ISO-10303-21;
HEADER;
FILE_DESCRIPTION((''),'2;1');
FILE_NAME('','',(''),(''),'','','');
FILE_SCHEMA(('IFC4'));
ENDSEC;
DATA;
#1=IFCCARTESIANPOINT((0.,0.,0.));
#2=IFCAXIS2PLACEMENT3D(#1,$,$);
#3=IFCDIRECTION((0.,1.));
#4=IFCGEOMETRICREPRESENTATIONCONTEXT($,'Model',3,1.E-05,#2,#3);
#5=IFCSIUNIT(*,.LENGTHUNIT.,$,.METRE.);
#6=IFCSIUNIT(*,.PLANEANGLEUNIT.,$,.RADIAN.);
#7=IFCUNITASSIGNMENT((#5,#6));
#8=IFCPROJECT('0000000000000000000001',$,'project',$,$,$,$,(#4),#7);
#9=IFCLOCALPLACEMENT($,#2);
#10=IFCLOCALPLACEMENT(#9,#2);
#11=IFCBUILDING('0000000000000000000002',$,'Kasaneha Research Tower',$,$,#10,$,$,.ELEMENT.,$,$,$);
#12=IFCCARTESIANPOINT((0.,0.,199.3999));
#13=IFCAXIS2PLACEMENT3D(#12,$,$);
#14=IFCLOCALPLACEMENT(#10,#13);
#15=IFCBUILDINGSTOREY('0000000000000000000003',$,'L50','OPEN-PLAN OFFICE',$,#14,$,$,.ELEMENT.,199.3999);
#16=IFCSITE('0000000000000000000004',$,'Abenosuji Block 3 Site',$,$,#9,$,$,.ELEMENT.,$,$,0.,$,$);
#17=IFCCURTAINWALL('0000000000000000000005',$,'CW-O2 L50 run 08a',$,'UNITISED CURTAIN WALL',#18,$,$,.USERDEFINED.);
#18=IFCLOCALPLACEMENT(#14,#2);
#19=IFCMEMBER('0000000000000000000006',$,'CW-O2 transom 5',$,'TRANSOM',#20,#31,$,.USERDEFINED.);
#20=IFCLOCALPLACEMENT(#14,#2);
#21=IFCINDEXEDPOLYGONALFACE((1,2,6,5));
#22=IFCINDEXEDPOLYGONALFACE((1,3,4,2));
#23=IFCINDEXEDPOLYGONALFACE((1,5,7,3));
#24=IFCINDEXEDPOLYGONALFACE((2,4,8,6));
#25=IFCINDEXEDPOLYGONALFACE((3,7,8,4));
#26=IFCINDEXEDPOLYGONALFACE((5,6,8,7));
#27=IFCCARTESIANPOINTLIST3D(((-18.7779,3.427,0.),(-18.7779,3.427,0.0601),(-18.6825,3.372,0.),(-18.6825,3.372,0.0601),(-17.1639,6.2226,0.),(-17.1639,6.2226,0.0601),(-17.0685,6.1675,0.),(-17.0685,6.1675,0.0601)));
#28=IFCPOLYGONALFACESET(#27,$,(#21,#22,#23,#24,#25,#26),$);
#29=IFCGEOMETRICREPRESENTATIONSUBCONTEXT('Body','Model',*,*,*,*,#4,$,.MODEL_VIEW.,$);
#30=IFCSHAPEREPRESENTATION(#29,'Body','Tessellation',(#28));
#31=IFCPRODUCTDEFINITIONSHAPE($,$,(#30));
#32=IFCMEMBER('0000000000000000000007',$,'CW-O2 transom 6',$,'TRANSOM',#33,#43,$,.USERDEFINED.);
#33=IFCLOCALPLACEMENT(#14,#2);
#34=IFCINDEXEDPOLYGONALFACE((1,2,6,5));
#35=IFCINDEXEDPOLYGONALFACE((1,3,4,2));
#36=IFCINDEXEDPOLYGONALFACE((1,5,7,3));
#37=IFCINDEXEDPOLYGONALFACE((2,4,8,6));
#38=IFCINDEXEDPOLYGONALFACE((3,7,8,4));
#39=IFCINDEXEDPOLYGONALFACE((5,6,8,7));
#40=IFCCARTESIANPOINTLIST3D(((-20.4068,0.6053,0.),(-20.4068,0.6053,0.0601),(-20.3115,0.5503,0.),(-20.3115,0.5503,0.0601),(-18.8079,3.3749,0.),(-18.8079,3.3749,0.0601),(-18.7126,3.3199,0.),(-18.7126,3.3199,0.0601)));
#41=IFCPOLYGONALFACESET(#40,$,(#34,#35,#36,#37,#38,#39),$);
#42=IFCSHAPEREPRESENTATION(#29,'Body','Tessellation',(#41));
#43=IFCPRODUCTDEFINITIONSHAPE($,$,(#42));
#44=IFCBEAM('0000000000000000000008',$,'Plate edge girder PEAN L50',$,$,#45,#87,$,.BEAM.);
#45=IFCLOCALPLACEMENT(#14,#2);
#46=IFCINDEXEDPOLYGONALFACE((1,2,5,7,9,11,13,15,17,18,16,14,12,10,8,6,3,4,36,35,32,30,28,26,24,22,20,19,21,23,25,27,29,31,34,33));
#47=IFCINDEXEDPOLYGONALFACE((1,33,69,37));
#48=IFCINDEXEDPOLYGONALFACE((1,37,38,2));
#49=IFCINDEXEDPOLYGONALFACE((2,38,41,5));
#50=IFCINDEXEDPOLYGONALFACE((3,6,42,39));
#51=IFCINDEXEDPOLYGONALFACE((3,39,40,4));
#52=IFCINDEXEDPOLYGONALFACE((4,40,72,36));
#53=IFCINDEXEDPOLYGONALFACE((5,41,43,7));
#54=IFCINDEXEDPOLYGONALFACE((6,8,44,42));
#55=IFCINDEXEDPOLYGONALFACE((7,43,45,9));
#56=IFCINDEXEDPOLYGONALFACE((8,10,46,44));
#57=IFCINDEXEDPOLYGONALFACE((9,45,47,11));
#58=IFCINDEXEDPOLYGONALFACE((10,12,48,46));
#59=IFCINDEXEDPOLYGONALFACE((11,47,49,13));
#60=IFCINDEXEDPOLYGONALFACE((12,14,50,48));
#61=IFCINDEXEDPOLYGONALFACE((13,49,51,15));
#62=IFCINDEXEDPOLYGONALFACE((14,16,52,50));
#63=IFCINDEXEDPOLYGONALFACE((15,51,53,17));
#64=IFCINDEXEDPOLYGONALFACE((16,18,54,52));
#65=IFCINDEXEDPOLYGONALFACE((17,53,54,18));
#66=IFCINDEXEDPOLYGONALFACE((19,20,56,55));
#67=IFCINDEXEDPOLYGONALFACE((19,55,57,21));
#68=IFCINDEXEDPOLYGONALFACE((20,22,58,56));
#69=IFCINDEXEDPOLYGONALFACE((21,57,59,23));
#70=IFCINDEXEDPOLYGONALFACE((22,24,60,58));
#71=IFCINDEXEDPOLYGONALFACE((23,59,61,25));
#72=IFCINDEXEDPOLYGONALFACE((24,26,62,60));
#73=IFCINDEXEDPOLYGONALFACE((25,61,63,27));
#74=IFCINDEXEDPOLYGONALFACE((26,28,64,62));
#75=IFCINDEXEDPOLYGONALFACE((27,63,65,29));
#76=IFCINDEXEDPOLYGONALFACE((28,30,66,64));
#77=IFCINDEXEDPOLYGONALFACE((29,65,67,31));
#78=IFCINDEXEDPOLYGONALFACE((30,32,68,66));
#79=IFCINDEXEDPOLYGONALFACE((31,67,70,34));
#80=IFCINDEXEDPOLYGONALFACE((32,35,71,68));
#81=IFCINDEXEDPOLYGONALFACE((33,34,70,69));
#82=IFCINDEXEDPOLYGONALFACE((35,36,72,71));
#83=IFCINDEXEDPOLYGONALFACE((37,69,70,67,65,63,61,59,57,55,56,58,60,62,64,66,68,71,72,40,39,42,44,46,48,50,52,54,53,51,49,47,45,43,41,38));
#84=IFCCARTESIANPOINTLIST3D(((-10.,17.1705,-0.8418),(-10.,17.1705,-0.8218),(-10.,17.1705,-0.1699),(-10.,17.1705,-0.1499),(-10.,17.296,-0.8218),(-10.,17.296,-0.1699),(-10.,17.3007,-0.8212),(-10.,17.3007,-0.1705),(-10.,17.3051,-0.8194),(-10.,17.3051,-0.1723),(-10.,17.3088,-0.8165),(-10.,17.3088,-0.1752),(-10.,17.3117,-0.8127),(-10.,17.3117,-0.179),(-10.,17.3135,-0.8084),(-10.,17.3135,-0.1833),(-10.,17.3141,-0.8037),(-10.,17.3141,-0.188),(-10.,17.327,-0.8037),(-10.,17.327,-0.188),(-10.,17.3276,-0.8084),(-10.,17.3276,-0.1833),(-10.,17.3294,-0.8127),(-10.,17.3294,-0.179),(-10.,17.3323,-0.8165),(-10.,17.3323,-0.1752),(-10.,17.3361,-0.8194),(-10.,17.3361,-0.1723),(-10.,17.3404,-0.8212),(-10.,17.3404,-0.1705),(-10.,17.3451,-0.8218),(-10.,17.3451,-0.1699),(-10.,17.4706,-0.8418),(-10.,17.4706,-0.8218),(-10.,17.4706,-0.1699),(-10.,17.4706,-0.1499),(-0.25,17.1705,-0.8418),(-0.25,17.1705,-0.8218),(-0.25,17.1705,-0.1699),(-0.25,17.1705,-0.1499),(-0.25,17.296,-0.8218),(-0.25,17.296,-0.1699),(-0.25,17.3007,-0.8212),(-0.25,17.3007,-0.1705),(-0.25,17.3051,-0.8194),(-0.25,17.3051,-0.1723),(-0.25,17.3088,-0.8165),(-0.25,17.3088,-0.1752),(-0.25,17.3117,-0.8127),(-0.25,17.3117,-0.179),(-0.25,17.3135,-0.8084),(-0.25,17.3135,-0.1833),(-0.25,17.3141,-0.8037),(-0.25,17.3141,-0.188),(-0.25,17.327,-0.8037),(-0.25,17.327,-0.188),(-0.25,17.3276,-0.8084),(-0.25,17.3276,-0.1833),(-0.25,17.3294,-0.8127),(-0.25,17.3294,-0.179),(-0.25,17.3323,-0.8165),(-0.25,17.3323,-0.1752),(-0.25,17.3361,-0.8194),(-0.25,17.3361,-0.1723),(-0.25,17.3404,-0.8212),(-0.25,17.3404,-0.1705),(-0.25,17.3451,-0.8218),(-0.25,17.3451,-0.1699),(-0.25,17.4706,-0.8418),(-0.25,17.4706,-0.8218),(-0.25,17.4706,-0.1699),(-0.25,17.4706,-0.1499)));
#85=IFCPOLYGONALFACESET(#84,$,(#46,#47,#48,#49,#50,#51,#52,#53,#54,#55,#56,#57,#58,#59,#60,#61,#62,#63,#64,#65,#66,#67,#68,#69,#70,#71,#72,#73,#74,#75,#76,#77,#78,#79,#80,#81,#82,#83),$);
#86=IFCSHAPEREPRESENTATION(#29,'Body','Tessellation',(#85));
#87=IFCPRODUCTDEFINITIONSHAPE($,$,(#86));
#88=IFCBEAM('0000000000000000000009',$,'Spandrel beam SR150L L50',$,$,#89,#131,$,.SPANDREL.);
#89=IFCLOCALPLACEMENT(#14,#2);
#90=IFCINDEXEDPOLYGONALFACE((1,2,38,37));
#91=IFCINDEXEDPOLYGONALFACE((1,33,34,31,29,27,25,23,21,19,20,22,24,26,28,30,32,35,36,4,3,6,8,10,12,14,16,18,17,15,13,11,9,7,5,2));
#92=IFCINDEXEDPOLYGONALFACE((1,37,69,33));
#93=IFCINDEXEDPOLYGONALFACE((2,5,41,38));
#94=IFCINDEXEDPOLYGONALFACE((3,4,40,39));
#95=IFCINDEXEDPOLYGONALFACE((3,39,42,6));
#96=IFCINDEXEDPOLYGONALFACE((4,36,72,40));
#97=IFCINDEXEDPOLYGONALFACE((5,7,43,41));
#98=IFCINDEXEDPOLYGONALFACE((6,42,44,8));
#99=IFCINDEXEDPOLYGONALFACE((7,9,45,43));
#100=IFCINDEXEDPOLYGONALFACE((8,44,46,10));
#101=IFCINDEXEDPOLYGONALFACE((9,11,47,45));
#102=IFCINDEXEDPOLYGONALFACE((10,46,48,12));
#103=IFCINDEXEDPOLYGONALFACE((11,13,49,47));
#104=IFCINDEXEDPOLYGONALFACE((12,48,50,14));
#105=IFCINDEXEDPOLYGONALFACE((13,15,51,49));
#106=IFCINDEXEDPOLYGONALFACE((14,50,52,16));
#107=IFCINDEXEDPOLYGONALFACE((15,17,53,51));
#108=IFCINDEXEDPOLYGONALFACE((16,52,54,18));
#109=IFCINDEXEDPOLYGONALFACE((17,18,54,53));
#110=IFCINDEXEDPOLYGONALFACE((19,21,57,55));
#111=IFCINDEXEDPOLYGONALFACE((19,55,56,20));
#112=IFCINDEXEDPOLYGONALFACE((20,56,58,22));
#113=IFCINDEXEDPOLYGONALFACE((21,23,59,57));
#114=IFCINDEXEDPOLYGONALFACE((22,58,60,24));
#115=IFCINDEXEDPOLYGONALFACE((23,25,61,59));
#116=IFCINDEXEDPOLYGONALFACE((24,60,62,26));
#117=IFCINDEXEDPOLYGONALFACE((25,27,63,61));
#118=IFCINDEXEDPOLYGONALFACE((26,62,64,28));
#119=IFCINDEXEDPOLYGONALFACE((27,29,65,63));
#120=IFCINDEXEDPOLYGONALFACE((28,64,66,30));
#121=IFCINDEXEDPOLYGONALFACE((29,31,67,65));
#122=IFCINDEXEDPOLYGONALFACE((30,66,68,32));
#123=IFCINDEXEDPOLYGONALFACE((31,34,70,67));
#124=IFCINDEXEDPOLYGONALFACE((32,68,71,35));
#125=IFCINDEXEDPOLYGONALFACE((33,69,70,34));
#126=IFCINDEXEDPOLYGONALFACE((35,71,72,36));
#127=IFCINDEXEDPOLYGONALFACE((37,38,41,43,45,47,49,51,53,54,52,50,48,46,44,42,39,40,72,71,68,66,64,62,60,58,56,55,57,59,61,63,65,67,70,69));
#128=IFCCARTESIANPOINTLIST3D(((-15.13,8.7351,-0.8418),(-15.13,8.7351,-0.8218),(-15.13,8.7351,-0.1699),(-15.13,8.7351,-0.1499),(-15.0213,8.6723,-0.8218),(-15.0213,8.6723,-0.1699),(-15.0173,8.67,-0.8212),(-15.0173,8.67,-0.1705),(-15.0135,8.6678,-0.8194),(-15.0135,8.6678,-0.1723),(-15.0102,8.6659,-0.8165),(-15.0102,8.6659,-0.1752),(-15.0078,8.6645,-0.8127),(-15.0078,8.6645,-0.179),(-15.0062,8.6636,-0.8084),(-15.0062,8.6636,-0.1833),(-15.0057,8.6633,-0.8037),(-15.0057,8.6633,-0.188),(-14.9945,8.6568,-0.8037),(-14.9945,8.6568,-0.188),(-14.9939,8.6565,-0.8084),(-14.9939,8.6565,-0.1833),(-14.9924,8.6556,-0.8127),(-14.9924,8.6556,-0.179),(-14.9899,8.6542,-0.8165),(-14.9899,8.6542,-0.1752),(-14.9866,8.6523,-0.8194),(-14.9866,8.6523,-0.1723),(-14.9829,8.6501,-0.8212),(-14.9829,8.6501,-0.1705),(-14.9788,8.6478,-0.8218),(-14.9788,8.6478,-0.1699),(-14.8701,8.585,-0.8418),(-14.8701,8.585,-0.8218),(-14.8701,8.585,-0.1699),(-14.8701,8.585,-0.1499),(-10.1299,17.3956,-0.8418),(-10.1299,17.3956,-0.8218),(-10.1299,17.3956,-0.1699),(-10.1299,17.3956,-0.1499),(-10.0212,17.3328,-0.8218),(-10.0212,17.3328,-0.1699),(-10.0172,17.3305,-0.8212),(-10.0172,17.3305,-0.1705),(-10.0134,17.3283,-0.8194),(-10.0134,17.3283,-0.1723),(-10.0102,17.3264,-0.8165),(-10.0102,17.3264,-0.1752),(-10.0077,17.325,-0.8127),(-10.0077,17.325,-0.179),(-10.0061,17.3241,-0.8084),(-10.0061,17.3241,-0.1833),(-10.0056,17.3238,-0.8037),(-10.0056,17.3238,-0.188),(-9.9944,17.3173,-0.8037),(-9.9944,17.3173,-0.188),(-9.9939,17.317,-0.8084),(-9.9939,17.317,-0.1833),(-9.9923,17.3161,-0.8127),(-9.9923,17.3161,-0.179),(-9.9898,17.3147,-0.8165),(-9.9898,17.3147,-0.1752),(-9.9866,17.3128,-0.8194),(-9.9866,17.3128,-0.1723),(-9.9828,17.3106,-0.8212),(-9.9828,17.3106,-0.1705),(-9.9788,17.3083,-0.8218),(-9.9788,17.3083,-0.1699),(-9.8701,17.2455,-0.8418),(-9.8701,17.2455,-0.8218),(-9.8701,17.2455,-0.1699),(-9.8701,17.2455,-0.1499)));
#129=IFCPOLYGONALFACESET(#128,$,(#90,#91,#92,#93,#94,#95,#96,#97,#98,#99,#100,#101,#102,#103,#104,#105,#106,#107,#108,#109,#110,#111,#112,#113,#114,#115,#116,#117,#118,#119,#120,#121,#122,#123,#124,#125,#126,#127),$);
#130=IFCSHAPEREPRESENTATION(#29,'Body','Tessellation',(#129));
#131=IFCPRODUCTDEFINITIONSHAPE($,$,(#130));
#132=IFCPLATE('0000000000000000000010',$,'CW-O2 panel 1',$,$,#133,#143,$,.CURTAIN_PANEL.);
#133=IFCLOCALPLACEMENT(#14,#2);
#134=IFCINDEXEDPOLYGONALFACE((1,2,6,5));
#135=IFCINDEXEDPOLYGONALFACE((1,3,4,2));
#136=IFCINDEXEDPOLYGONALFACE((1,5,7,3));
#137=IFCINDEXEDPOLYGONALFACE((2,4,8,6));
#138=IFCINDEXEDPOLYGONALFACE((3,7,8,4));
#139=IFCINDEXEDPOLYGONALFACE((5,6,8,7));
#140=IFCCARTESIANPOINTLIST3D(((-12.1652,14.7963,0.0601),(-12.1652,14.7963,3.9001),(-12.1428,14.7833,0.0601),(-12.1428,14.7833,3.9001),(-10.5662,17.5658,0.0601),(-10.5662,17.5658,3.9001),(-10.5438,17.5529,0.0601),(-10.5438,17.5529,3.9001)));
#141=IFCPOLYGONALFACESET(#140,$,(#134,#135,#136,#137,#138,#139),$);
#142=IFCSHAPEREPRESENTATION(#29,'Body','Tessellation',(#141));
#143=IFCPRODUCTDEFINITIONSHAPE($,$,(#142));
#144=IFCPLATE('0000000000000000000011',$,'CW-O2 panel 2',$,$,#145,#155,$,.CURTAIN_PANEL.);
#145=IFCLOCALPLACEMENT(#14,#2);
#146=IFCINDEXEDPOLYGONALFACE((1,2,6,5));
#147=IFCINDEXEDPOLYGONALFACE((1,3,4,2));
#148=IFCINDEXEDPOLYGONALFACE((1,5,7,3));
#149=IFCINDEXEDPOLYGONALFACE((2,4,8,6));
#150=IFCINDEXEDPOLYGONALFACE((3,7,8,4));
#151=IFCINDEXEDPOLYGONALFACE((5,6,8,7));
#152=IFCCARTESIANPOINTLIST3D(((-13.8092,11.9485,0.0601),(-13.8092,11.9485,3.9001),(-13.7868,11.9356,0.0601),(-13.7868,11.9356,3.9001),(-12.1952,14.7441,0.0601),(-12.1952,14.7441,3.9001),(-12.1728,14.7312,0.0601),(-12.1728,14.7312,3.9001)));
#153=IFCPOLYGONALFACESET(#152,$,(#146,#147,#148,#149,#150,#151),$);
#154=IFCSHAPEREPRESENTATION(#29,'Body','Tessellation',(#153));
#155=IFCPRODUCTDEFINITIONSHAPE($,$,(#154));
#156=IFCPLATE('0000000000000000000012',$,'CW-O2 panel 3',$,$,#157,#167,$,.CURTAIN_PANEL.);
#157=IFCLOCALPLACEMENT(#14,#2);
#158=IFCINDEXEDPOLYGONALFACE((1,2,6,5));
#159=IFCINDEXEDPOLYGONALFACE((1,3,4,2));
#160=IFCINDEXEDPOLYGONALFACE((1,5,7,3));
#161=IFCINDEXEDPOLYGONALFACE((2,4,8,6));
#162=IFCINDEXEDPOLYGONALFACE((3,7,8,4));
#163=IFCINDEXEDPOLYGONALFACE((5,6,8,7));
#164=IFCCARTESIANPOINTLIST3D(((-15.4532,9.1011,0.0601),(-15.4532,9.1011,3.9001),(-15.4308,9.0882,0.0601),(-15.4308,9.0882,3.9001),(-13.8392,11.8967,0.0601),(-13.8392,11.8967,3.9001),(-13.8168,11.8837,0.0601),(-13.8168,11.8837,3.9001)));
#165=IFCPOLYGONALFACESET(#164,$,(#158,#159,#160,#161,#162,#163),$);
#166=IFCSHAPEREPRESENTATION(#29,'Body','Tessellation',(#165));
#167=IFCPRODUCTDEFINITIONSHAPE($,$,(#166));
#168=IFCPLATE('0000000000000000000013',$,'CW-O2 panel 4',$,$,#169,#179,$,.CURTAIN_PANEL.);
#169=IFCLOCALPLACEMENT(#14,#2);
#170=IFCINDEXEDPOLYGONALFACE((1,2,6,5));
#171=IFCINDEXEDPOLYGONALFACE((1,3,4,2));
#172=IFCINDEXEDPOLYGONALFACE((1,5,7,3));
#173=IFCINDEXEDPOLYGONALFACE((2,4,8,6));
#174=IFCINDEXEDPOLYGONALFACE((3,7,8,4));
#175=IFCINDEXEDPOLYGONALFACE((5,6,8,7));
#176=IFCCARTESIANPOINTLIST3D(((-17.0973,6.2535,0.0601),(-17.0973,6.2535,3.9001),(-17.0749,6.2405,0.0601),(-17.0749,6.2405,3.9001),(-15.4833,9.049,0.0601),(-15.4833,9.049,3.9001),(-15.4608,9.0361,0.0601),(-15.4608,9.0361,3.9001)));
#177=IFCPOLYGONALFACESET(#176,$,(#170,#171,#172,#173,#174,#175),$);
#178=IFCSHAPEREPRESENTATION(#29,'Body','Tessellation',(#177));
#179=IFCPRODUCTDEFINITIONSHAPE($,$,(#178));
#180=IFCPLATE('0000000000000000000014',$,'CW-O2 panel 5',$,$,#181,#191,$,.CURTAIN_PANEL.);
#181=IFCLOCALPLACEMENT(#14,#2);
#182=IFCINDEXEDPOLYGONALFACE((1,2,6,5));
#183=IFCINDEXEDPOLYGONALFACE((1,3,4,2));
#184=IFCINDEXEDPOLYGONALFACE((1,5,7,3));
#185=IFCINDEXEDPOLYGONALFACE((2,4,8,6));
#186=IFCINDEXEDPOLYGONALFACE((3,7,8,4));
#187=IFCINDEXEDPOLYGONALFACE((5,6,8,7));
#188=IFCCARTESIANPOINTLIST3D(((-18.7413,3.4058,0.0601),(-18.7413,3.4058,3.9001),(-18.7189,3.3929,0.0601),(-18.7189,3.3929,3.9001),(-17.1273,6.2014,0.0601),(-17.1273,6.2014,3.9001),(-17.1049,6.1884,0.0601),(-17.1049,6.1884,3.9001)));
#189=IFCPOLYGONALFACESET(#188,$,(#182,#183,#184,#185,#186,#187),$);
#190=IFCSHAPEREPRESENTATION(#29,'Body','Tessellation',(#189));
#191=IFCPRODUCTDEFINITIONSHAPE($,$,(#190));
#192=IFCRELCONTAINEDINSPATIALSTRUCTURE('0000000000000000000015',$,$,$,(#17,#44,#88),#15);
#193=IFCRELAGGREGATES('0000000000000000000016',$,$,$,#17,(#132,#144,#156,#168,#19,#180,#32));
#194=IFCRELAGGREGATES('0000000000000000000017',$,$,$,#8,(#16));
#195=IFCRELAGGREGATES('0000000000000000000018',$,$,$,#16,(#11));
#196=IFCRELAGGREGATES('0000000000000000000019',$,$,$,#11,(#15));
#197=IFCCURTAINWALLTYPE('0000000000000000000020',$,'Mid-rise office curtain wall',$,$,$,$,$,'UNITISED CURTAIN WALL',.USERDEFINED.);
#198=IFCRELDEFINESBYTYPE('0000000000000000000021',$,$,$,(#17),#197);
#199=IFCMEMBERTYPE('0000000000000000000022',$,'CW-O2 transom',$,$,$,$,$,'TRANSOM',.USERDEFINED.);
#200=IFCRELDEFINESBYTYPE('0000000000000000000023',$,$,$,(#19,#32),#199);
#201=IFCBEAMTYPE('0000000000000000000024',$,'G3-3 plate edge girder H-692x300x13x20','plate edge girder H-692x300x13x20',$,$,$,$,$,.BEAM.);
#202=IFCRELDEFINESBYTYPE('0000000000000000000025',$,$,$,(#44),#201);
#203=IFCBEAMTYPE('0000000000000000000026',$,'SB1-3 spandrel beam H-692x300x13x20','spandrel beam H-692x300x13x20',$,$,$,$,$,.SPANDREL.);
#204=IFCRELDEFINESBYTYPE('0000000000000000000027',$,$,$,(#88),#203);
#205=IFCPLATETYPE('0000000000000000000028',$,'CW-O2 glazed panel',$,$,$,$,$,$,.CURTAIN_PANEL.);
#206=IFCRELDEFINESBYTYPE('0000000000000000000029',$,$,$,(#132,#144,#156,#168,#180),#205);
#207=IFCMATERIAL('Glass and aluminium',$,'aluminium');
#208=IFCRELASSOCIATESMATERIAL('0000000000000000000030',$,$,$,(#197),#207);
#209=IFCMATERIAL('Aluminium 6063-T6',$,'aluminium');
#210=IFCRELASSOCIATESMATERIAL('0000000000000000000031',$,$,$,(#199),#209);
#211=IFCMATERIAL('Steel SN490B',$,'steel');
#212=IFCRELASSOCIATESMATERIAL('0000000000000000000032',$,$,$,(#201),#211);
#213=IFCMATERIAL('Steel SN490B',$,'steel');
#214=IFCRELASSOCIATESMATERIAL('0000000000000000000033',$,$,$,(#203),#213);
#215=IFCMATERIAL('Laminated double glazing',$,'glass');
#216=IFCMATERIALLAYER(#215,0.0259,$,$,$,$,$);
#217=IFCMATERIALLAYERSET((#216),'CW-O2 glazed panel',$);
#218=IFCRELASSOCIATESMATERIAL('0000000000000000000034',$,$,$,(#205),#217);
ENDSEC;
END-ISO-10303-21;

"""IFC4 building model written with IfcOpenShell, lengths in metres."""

from ifc_helpers import new_model, si_unit, direction, frame, origin, origin_2d, place, context, subcontext, project, spatial, rectangle, i_section, extrude, material, layer, layer_set, material_profile, profile_set, type_object, element, aggregate, save


model = new_model("IFC4")

# Units and contexts
model_context = context("Model", 3, precision=1e-05, world=origin(), true_north=direction((0.0, 1.0)))
body_context = subcontext(model_context, "Body", "Model", "MODEL_VIEW")
ifc_project = project(units=[si_unit("LENGTHUNIT", "METRE"), si_unit("PLANEANGLEUNIT", "RADIAN")], contexts=[model_context])

# Site, building, storey
site_placement = place(None, origin())
site = spatial("IfcSite", under=ifc_project, at=site_placement, Name="Abenosuji Block 3 Site", CompositionType="ELEMENT", RefElevation=0.0)
building_placement = place(site_placement, origin())
building = spatial("IfcBuilding", under=site, at=building_placement, Name="Kasaneha Research Tower", CompositionType="ELEMENT")
storey_placement = place(building_placement, frame((0.0, 0.0, 199.3999)))
storey = spatial("IfcBuildingStorey", under=building, at=storey_placement, Name="L50", Description="OPEN-PLAN OFFICE", CompositionType="ELEMENT", Elevation=199.3999)

# Shared definitions
ifc_material_1 = material(Name="Glass and aluminium", Category="aluminium")
curtain_wall_type = type_object("IfcCurtainWallType", Name="Mid-rise office curtain wall", ElementType="UNITISED CURTAIN WALL", PredefinedType="USERDEFINED", material=ifc_material_1)

# Curtain wall, members
curtain_wall_1_placement = place(storey_placement, origin())
curtain_wall_1 = element("IfcCurtainWall", 1, at=curtain_wall_1_placement, inside=storey, type_object=curtain_wall_type, Name="CW-O2 L50 run 08a", ObjectType="UNITISED CURTAIN WALL", PredefinedType="USERDEFINED")
ifc_material_2 = material(Name="Aluminium 6063-T6", Category="aluminium")
ifc_material_profile_1 = material_profile(ifc_material_2, rectangle(XDim=0.1101, YDim=0.0601, at=origin_2d()), Name="CW-O2 transom 110x60")
ifc_profile_set_1 = profile_set([ifc_material_profile_1], Name="Aluminium 6063-T6")
member_type_1 = type_object("IfcMemberType", Name="CW-O2 transom", ElementType="TRANSOM", PredefinedType="USERDEFINED", material=ifc_profile_set_1)
member_1_placement = place(storey_placement, frame((-17.1162, 6.1951, 0.03), z_axis=(-0.499987, -0.866033, 0.0), x_axis=(0.866033, -0.499987, 0.0)))
member_1 = element("IfcMember", 2, at=member_1_placement, type_object=member_type_1, Name="CW-O2 transom 5", ObjectType="TRANSOM", PredefinedType="USERDEFINED", context=body_context, shape_type="SweptSolid", body=[
    extrude(rectangle(XDim=0.1101, YDim=0.0601, at=origin_2d()), origin(), (0.0, 0.0, 1.0), 3.228),
])
member_2_placement = place(storey_placement, frame((-18.7603, 3.3474, 0.03), z_axis=(-0.499974, -0.866041, 0.0), x_axis=(0.866041, -0.499974, 0.0)))
member_2 = element("IfcMember", 3, at=member_2_placement, type_object=member_type_1, Name="CW-O2 transom 6", ObjectType="TRANSOM", PredefinedType="USERDEFINED", context=body_context, shape_type="SweptSolid", body=[
    extrude(rectangle(XDim=0.1101, YDim=0.0601, at=origin_2d()), origin(), (0.0, 0.0, 1.0), 3.198),
])

# Beams
ifc_material_3 = material(Name="Steel SN490B", Category="steel")
ifc_material_profile_2 = material_profile(ifc_material_3, i_section(OverallWidth=0.3, OverallDepth=0.6919, WebThickness=0.0129, FlangeThickness=0.02, FilletRadius=0.0181, at=origin_2d()), Name="H-692x300x13x20")
ifc_profile_set_2 = profile_set([ifc_material_profile_2], Name="Steel SN490B")
beam_type_1 = type_object("IfcBeamType", Name="G3-3 plate edge girder H-692x300x13x20", Description="plate edge girder H-692x300x13x20", PredefinedType="BEAM", material=ifc_profile_set_2)
beam_1_placement = place(storey_placement, frame((-10.0, 17.3206, -0.4958), z_axis=(1.0, 0.0, 0.0), x_axis=(0.0, 1.0, 0.0)))
element("IfcBeam", 4, at=beam_1_placement, inside=storey, type_object=beam_type_1, Name="Plate edge girder PEAN L50", PredefinedType="BEAM", context=body_context, shape_type="SweptSolid", body=[
    extrude(i_section(OverallWidth=0.3, OverallDepth=0.6919, WebThickness=0.0129, FlangeThickness=0.02, FilletRadius=0.0181, at=origin_2d()), origin(), (0.0, 0.0, 1.0), 9.75),
])
ifc_material_4 = material(Name="Steel SN490B", Category="steel")
ifc_material_profile_3 = material_profile(ifc_material_4, i_section(OverallWidth=0.3, OverallDepth=0.6919, WebThickness=0.0129, FlangeThickness=0.02, FilletRadius=0.0181, at=origin_2d()), Name="H-692x300x13x20")
ifc_profile_set_3 = profile_set([ifc_material_profile_3], Name="Steel SN490B")
beam_type_2 = type_object("IfcBeamType", Name="SB1-3 spandrel beam H-692x300x13x20", Description="spandrel beam H-692x300x13x20", PredefinedType="SPANDREL", material=ifc_profile_set_3)
beam_2_placement = place(storey_placement, frame((-10.0, 17.3206, -0.4958), z_axis=(-0.499994, -0.866029, 0.0), x_axis=(0.866029, -0.499994, 0.0)))
element("IfcBeam", 5, at=beam_2_placement, inside=storey, type_object=beam_type_2, Name="Spandrel beam SR150L L50", PredefinedType="SPANDREL", context=body_context, shape_type="SweptSolid", body=[
    extrude(i_section(OverallWidth=0.3, OverallDepth=0.6919, WebThickness=0.0129, FlangeThickness=0.02, FilletRadius=0.0181, at=origin_2d()), origin(), (0.0, 0.0, 1.0), 10.0002),
])

# Plates
ifc_material_5 = material(Name="Laminated double glazing", Category="glass")
ifc_layer_1 = layer(ifc_material_5, 0.0259)
ifc_layer_set_1 = layer_set([ifc_layer_1], Name="CW-O2 glazed panel")
plate_type = type_object("IfcPlateType", Name="CW-O2 glazed panel", PredefinedType="CURTAIN_PANEL", material=ifc_layer_set_1)
plate_1_placement = place(storey_placement, frame((-11.3545, 16.1746, 0.0601), z_axis=(0.0, 0.0, 1.0), x_axis=(-0.5, -0.866025, 0.0)))
plate_1 = element("IfcPlate", 6, at=plate_1_placement, type_object=plate_type, Name="CW-O2 panel 1", PredefinedType="CURTAIN_PANEL", context=body_context, shape_type="SweptSolid", body=[
    extrude(rectangle(XDim=3.198, YDim=0.0259, at=origin_2d()), origin(), (0.0, 0.0, 1.0), 3.8401),
])
plate_2_placement = place(storey_placement, frame((-12.991, 13.3398, 0.0601), z_axis=(0.0, 0.0, 1.0), x_axis=(-0.5, -0.866025, 0.0)))
plate_2 = element("IfcPlate", 7, at=plate_2_placement, type_object=plate_type, Name="CW-O2 panel 2", PredefinedType="CURTAIN_PANEL", context=body_context, shape_type="SweptSolid", body=[
    extrude(rectangle(XDim=3.228, YDim=0.0259, at=origin_2d()), origin(), (0.0, 0.0, 1.0), 3.8401),
])
plate_3_placement = place(storey_placement, frame((-14.635, 10.4924, 0.0601), z_axis=(0.0, 0.0, 1.0), x_axis=(-0.5, -0.866025, 0.0)))
plate_3 = element("IfcPlate", 8, at=plate_3_placement, type_object=plate_type, Name="CW-O2 panel 3", PredefinedType="CURTAIN_PANEL", context=body_context, shape_type="SweptSolid", body=[
    extrude(rectangle(XDim=3.228, YDim=0.0259, at=origin_2d()), origin(), (0.0, 0.0, 1.0), 3.8401),
])
plate_4_placement = place(storey_placement, frame((-16.2791, 7.6448, 0.0601), z_axis=(0.0, 0.0, 1.0), x_axis=(-0.5, -0.866025, 0.0)))
plate_4 = element("IfcPlate", 9, at=plate_4_placement, type_object=plate_type, Name="CW-O2 panel 4", PredefinedType="CURTAIN_PANEL", context=body_context, shape_type="SweptSolid", body=[
    extrude(rectangle(XDim=3.228, YDim=0.0259, at=origin_2d()), origin(), (0.0, 0.0, 1.0), 3.8401),
])
plate_5_placement = place(storey_placement, frame((-17.9231, 4.7971, 0.0601), z_axis=(0.0, 0.0, 1.0), x_axis=(-0.5, -0.866025, 0.0)))
plate_5 = element("IfcPlate", 10, at=plate_5_placement, type_object=plate_type, Name="CW-O2 panel 5", PredefinedType="CURTAIN_PANEL", context=body_context, shape_type="SweptSolid", body=[
    extrude(rectangle(XDim=3.228, YDim=0.0259, at=origin_2d()), origin(), (0.0, 0.0, 1.0), 3.8401),
])
aggregate(curtain_wall_1, [plate_1, plate_2, plate_3, plate_4, member_1, plate_5, member_2])

save(model, "model.ifc")
